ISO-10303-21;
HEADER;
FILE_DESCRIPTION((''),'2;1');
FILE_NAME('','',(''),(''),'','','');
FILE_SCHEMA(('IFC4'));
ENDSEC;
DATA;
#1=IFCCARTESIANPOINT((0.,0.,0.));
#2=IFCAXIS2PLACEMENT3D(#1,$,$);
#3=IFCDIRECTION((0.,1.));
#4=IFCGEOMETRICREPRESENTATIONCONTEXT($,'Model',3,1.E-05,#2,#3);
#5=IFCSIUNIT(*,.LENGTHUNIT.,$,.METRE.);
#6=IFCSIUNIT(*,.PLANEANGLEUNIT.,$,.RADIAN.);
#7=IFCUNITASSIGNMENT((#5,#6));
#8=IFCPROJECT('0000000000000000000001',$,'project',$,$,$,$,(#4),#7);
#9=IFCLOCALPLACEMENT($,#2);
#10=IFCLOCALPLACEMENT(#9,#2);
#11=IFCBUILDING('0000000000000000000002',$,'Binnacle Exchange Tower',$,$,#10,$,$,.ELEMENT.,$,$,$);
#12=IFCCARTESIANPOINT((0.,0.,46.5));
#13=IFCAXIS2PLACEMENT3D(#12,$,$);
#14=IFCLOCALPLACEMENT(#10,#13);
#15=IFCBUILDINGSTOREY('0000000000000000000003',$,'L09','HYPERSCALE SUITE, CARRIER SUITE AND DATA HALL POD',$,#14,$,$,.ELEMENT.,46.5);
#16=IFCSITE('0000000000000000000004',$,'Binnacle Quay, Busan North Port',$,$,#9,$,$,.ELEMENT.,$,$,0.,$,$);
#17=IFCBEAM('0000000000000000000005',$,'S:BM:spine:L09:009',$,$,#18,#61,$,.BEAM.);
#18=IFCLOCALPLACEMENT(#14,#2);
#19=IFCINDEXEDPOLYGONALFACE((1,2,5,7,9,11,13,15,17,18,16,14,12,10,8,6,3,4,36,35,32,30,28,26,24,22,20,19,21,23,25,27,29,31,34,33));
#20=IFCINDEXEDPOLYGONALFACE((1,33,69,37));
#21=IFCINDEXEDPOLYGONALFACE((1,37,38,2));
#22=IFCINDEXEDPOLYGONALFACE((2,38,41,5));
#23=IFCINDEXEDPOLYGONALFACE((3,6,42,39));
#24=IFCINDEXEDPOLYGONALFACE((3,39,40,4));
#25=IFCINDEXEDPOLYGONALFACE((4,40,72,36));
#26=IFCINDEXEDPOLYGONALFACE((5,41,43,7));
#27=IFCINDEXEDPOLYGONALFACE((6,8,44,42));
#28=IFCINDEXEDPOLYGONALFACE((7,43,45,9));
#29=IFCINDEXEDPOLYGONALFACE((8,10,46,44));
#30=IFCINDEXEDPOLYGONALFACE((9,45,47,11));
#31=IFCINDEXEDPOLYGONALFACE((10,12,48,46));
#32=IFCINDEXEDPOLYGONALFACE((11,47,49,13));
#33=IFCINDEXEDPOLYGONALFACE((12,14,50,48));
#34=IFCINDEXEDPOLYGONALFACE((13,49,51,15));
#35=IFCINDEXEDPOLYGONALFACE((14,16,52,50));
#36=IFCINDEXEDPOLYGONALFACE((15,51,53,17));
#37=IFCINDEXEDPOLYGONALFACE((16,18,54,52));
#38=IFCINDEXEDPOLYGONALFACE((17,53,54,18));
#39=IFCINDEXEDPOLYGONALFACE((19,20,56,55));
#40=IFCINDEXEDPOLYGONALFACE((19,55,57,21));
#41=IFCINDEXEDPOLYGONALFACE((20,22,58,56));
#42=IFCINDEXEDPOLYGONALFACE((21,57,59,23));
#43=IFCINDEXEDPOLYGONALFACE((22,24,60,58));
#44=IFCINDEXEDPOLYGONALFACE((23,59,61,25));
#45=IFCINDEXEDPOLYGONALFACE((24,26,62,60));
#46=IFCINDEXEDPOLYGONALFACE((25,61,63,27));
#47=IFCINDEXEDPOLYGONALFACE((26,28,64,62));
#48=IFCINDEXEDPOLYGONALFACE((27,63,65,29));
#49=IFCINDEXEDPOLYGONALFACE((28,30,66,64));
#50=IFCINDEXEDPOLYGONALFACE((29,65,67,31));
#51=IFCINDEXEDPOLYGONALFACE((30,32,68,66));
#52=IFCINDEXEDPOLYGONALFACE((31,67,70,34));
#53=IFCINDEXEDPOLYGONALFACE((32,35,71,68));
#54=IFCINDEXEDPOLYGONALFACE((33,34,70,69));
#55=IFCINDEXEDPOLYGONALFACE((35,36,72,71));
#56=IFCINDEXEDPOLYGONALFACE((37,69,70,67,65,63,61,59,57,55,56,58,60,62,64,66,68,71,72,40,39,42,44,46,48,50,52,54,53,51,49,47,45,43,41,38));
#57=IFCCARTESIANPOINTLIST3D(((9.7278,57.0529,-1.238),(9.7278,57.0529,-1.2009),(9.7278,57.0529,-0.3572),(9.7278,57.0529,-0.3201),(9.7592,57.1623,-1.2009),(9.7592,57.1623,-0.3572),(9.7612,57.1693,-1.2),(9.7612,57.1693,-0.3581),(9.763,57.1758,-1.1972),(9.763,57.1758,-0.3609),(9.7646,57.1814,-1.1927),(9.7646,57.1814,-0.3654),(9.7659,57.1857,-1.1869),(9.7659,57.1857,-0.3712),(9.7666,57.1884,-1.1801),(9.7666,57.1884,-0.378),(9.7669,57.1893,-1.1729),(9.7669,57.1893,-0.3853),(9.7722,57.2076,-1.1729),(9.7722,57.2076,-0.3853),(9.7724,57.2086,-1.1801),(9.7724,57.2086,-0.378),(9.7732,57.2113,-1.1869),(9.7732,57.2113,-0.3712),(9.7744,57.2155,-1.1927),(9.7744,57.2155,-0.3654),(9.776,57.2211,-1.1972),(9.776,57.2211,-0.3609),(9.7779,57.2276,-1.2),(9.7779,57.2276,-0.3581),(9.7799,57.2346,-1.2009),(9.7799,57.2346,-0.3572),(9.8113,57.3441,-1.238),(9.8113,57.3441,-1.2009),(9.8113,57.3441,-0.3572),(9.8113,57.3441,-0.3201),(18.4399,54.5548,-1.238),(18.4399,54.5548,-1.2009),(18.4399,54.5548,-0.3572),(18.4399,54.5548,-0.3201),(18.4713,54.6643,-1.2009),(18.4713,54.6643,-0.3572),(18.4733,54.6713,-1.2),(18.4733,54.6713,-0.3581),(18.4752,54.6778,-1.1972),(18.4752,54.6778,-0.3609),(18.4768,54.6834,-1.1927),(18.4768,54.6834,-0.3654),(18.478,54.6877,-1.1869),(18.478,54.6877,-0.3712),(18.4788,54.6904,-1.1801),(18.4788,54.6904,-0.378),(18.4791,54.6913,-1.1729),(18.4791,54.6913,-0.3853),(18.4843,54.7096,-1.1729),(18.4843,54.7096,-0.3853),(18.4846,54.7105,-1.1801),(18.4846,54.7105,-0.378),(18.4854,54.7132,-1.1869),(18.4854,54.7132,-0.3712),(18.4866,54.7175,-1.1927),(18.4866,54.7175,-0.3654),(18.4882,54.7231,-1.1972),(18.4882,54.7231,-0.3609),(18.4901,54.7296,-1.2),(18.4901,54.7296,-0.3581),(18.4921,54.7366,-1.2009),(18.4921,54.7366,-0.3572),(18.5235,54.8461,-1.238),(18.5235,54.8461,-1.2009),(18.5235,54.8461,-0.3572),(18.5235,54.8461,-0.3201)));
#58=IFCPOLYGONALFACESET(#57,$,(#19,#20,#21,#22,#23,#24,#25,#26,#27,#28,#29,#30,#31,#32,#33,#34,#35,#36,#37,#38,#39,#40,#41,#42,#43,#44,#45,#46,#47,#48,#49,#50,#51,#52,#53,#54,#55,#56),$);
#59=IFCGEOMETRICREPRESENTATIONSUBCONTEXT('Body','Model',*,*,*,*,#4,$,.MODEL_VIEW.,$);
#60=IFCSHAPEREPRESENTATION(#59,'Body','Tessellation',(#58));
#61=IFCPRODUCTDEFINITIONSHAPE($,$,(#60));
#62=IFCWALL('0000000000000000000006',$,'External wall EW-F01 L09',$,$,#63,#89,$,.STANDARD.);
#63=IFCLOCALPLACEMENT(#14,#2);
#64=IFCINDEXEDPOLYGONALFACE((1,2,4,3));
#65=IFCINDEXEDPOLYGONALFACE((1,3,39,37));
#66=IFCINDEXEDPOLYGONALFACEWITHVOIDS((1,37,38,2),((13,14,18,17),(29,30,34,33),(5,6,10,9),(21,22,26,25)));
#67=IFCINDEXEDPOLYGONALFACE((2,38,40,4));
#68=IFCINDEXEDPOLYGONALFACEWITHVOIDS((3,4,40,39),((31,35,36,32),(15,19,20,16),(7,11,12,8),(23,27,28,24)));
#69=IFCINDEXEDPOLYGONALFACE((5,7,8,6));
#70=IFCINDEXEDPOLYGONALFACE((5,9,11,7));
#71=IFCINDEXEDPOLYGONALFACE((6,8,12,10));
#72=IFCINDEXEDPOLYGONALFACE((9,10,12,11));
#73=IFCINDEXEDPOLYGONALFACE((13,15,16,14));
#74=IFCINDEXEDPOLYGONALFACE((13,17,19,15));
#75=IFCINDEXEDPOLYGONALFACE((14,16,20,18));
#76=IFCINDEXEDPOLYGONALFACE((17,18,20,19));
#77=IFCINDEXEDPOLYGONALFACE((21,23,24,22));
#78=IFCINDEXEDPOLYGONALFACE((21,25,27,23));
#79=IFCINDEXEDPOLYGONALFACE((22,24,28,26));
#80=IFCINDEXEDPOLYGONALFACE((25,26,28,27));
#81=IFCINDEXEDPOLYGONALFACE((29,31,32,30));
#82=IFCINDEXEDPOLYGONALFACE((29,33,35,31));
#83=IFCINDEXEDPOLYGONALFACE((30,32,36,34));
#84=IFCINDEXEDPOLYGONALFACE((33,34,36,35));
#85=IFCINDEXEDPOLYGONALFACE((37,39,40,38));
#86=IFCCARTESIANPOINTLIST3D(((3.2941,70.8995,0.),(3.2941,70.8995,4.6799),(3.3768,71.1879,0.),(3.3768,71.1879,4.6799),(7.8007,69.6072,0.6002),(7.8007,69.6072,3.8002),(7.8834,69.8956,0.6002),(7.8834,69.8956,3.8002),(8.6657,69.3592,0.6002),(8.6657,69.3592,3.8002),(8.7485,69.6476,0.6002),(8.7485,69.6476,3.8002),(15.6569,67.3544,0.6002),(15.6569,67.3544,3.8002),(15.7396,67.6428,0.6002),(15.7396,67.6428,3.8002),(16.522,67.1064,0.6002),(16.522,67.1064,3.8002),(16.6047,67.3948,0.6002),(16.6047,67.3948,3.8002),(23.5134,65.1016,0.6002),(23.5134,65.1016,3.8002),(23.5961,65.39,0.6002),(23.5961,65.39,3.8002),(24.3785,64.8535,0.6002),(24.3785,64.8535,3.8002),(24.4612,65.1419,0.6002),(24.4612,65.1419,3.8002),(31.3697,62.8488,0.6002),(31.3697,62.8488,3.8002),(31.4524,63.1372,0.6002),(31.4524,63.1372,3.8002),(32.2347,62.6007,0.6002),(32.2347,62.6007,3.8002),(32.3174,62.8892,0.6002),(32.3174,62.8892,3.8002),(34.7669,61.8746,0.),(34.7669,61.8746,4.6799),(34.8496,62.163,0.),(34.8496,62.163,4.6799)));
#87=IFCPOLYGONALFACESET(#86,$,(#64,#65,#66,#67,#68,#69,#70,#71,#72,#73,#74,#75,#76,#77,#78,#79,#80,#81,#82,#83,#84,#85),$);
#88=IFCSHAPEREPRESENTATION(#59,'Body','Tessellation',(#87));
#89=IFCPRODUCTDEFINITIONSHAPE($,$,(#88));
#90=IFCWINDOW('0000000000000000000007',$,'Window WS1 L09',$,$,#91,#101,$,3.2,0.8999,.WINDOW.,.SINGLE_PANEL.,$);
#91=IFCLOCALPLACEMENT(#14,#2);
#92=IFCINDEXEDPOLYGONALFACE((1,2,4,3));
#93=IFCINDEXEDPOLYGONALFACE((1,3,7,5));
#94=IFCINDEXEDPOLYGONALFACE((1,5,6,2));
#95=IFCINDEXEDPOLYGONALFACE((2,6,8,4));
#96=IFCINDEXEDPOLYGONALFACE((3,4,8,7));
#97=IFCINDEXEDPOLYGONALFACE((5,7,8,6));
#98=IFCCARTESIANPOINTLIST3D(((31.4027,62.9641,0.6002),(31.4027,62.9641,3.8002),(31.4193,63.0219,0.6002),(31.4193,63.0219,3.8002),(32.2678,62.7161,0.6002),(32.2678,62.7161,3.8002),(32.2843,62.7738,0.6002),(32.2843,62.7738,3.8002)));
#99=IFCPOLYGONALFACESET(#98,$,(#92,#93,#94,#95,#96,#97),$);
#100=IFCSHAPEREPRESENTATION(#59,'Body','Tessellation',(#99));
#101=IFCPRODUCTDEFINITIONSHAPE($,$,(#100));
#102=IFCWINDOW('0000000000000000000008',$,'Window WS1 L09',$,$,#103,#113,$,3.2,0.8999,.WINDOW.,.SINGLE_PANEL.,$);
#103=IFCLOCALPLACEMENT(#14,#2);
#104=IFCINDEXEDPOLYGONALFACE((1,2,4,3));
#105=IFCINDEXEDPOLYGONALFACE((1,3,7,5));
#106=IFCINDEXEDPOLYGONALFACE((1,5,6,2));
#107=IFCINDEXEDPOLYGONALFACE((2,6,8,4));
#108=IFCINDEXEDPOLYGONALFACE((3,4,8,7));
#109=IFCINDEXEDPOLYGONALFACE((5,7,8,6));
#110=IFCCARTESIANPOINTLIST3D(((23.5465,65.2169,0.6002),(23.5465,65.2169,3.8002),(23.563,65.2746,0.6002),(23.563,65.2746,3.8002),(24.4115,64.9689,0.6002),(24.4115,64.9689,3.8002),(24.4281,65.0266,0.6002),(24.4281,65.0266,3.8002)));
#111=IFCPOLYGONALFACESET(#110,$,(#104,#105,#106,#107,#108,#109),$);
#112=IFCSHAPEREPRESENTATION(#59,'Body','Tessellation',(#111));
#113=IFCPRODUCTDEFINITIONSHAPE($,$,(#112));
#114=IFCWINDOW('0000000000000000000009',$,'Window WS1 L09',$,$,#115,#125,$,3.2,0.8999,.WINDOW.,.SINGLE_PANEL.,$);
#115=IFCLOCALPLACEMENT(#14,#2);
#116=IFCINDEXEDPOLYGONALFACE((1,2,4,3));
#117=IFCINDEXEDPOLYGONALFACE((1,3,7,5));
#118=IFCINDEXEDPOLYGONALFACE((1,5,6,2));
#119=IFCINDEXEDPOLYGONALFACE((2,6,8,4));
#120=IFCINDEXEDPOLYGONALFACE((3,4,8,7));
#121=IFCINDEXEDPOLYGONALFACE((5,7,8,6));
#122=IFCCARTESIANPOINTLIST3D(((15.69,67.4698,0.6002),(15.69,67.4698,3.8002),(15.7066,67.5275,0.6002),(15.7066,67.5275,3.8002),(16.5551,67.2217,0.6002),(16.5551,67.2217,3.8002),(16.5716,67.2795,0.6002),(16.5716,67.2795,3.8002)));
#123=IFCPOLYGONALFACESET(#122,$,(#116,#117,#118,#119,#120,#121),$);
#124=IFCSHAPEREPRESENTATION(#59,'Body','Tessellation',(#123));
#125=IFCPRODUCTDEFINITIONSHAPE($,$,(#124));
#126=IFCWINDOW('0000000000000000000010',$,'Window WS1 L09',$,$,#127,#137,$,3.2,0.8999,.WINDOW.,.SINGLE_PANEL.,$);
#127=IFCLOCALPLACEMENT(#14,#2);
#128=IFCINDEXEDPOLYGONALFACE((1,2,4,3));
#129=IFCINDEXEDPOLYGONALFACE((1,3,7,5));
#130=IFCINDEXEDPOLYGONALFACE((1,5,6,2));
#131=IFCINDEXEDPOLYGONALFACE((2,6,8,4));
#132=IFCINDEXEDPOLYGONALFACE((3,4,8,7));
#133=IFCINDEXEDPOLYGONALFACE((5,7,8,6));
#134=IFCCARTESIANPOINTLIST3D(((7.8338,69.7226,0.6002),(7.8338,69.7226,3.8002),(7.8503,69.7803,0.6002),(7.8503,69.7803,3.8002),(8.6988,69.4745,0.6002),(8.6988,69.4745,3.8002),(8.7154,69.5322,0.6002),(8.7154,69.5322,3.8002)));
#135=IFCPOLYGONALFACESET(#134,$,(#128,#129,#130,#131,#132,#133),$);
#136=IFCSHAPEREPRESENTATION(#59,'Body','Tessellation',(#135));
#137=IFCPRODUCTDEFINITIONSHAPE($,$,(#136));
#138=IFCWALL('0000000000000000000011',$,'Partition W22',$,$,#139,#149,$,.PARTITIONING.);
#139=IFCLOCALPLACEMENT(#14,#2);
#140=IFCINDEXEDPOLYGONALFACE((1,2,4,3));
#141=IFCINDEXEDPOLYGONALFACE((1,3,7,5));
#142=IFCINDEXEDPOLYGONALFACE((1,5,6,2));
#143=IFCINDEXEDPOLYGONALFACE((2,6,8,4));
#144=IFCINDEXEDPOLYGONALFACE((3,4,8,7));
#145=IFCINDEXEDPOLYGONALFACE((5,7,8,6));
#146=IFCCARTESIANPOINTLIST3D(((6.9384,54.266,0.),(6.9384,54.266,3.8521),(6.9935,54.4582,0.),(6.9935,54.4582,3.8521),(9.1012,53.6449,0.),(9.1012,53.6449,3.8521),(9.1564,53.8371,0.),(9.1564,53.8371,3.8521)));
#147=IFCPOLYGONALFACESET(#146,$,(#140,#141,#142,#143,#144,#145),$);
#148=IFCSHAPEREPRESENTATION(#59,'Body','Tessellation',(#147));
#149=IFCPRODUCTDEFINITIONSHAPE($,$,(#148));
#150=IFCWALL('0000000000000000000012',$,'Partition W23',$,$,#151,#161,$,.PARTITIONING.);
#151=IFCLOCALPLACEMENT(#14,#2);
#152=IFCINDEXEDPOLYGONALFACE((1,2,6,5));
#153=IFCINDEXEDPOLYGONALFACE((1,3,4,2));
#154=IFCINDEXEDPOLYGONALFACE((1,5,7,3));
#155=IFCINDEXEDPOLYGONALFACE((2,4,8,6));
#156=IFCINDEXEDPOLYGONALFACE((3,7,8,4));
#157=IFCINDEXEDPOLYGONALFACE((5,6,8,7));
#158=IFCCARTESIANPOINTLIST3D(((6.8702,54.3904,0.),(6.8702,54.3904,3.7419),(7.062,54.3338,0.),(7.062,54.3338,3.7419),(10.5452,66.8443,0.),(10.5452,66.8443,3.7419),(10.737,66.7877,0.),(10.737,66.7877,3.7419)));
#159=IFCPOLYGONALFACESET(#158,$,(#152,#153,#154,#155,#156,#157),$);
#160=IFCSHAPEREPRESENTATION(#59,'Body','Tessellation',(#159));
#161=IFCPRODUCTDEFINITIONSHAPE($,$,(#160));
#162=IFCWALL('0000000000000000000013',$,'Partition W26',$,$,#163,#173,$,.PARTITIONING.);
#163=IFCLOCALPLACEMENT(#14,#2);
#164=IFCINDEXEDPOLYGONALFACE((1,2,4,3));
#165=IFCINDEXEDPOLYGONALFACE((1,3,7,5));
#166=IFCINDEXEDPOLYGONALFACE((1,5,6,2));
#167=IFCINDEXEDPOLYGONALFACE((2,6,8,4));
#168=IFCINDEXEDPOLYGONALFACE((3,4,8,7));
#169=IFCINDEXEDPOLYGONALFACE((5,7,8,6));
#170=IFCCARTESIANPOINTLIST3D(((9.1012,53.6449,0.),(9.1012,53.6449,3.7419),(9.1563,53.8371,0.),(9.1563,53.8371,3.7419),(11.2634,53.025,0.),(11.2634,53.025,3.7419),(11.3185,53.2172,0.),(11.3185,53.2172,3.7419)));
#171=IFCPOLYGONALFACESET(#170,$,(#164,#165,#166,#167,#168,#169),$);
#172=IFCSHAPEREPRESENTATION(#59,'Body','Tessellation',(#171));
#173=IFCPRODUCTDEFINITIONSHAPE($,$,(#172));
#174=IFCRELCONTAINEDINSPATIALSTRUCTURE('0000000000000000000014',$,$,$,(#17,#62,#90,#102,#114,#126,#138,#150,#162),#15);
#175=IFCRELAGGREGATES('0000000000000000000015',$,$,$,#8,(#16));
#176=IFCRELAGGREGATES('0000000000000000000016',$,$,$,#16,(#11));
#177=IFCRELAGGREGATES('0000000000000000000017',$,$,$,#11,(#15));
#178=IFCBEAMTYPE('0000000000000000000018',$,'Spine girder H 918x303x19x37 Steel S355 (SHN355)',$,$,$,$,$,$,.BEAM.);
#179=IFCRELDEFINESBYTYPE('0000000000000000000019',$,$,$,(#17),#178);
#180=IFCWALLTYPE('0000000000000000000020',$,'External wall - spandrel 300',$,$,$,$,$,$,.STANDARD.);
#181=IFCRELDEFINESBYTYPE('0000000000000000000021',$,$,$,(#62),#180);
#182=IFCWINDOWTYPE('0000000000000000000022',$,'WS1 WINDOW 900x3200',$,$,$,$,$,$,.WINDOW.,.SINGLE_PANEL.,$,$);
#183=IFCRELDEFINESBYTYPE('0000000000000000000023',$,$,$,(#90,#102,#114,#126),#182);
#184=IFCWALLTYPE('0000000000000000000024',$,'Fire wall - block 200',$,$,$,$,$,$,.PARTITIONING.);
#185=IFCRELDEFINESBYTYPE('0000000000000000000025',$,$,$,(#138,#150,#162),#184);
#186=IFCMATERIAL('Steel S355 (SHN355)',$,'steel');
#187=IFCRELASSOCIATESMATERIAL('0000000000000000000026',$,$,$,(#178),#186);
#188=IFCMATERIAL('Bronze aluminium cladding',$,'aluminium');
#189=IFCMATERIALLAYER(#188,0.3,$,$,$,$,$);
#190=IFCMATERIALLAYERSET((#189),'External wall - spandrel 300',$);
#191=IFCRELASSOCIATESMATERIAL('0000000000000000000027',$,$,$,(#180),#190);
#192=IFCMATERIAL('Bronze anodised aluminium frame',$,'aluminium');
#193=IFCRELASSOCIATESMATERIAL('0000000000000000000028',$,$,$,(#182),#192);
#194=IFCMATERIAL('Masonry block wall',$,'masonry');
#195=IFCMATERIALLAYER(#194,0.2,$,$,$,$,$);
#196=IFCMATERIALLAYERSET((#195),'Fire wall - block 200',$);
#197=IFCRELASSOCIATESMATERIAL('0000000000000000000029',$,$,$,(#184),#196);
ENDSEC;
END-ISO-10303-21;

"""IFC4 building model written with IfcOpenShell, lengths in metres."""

from ifc_helpers import new_model, si_unit, direction, frame, frame_2d, origin, origin_2d, place, context, subcontext, project, spatial, rectangle, i_section, extrude, material, layer, layer_set, material_profile, profile_set, type_object, element, fill, save


model = new_model("IFC4")

# Units and contexts
model_context = context("Model", 3, precision=1e-05, world=origin(), true_north=direction((0.0, 1.0)))
body_context = subcontext(model_context, "Body", "Model", "MODEL_VIEW")
ifc_project = project(units=[si_unit("LENGTHUNIT", "METRE"), si_unit("PLANEANGLEUNIT", "RADIAN")], contexts=[model_context])

# Site, building, storey
site_placement = place(None, origin())
site = spatial("IfcSite", under=ifc_project, at=site_placement, Name="Binnacle Quay, Busan North Port", CompositionType="ELEMENT", RefElevation=0.0)
building_placement = place(site_placement, origin())
building = spatial("IfcBuilding", under=site, at=building_placement, Name="Binnacle Exchange Tower", CompositionType="ELEMENT")
storey_placement = place(building_placement, frame((0.0, 0.0, 46.5)))
storey = spatial("IfcBuildingStorey", under=building, at=storey_placement, Name="L09", Description="HYPERSCALE SUITE, CARRIER SUITE AND DATA HALL POD", CompositionType="ELEMENT", Elevation=46.5)

# Beam
ifc_material_1 = material(Name="Steel S355 (SHN355)", Category="steel")
ifc_material_profile_1 = material_profile(ifc_material_1, i_section(OverallWidth=0.303, OverallDepth=0.918, WebThickness=0.019, FlangeThickness=0.0371, FilletRadius=0.0281, at=origin_2d()), Name="H 918x303x19x37")
ifc_profile_set_1 = profile_set([ifc_material_profile_1], Name="Steel S355 (SHN355)")
beam_type_1 = type_object("IfcBeamType", Name="Spine girder H 918x303x19x37 Steel S355 (SHN355)", PredefinedType="BEAM", material=ifc_profile_set_1)
beam_1_placement = place(storey_placement, frame((9.7695, 57.1985, -0.7791), z_axis=(0.961265, -0.275625, 0.0), x_axis=(0.275625, 0.961265, 0.0)))
element("IfcBeam", 1, at=beam_1_placement, inside=storey, type_object=beam_type_1, Name="S:BM:spine:L09:009", PredefinedType="BEAM", context=body_context, shape_type="SweptSolid", body=[
    extrude(i_section(OverallWidth=0.303, OverallDepth=0.918, WebThickness=0.019, FlangeThickness=0.0371, FilletRadius=0.0281, at=origin_2d()), origin(), (0.0, 0.0, 1.0), 9.0632),
])

# Wall, openings, windows
ifc_material_2 = material(Name="Bronze aluminium cladding", Category="aluminium")
ifc_layer_1 = layer(ifc_material_2, 0.3)
ifc_layer_set_1 = layer_set([ifc_layer_1], Name="External wall - spandrel 300")
wall_type_1 = type_object("IfcWallType", Name="External wall - spandrel 300", PredefinedType="STANDARD", material=ifc_layer_set_1)
wall_1_placement = place(storey_placement, frame((3.3354, 71.0437, 0.0), z_axis=(0.0, 0.0, 1.0), x_axis=(0.96126, -0.275643, 0.0)))
wall_1 = element("IfcWall", 2, at=wall_1_placement, inside=storey, type_object=wall_type_1, Name="External wall EW-F01 L09", PredefinedType="STANDARD", context=body_context, shape_type="SweptSolid", body=[
    extrude(rectangle(XDim=32.7412, YDim=0.3, at=frame_2d((16.3706, 0.0))), origin(), (0.0, 0.0, 1.0), 4.6799),
])
opening_1_placement = place(wall_1_placement, frame((29.207, 0.0, 0.6001)))
opening_1 = element("IfcOpeningElement", 3, at=opening_1_placement, cuts=wall_1, PredefinedType="OPENING", context=body_context, shape_type="SweptSolid", body=[
    extrude(rectangle(XDim=0.8999, YDim=3.2, at=frame_2d((0.45, 1.6001))), frame((0.0, 0.1599, 0.0), z_axis=(0.0, -1.0, 0.0), x_axis=(1.0, 0.0, 0.0)), (0.0, 0.0, 1.0), 0.3201),
])
opening_2_placement = place(wall_1_placement, frame((21.0342, 0.0, 0.6001)))
opening_2 = element("IfcOpeningElement", 4, at=opening_2_placement, cuts=wall_1, PredefinedType="OPENING", context=body_context, shape_type="SweptSolid", body=[
    extrude(rectangle(XDim=0.8999, YDim=3.2, at=frame_2d((0.45, 1.6001))), frame((0.0, 0.1599, 0.0), z_axis=(0.0, -1.0, 0.0), x_axis=(1.0, 0.0, 0.0)), (0.0, 0.0, 1.0), 0.3201),
])
opening_3_placement = place(wall_1_placement, frame((12.8611, 0.0, 0.6001)))
opening_3 = element("IfcOpeningElement", 5, at=opening_3_placement, cuts=wall_1, PredefinedType="OPENING", context=body_context, shape_type="SweptSolid", body=[
    extrude(rectangle(XDim=0.8999, YDim=3.2, at=frame_2d((0.45, 1.6001))), frame((0.0, 0.1599, 0.0), z_axis=(0.0, -1.0, 0.0), x_axis=(1.0, 0.0, 0.0)), (0.0, 0.0, 1.0), 0.3201),
])
opening_4_placement = place(wall_1_placement, frame((4.6882, 0.0, 0.6001)))
opening_4 = element("IfcOpeningElement", 6, at=opening_4_placement, cuts=wall_1, PredefinedType="OPENING", context=body_context, shape_type="SweptSolid", body=[
    extrude(rectangle(XDim=0.8999, YDim=3.2, at=frame_2d((0.45, 1.6001))), frame((0.0, 0.1599, 0.0), z_axis=(0.0, -1.0, 0.0), x_axis=(1.0, 0.0, 0.0)), (0.0, 0.0, 1.0), 0.3201),
])
ifc_material_3 = material(Name="Bronze anodised aluminium frame", Category="aluminium")
window_type = type_object("IfcWindowType", Name="WS1 WINDOW 900x3200", PartitioningType="SINGLE_PANEL", PredefinedType="WINDOW", material=ifc_material_3)
window_1_placement = place(opening_1_placement, origin())
window_1 = element("IfcWindow", 7, at=window_1_placement, inside=storey, type_object=window_type, Name="Window WS1 L09", OverallHeight=3.2, OverallWidth=0.8999, PartitioningType="SINGLE_PANEL", PredefinedType="WINDOW", context=body_context, shape_type="SweptSolid", body=[
    extrude(rectangle(XDim=0.8999, YDim=3.2, at=frame_2d((0.45, 1.6001))), frame((0.0, 0.03, 0.0), z_axis=(0.0, -1.0, 0.0), x_axis=(1.0, 0.0, 0.0)), (0.0, 0.0, 1.0), 0.0601),
])
fill(opening_1, window_1)
window_2_placement = place(opening_2_placement, origin())
window_2 = element("IfcWindow", 8, at=window_2_placement, inside=storey, type_object=window_type, Name="Window WS1 L09", OverallHeight=3.2, OverallWidth=0.8999, PartitioningType="SINGLE_PANEL", PredefinedType="WINDOW", context=body_context, shape_type="SweptSolid", body=[
    extrude(rectangle(XDim=0.8999, YDim=3.2, at=frame_2d((0.45, 1.6001))), frame((0.0, 0.03, 0.0), z_axis=(0.0, -1.0, 0.0), x_axis=(1.0, 0.0, 0.0)), (0.0, 0.0, 1.0), 0.0601),
])
fill(opening_2, window_2)
window_3_placement = place(opening_3_placement, origin())
window_3 = element("IfcWindow", 9, at=window_3_placement, inside=storey, type_object=window_type, Name="Window WS1 L09", OverallHeight=3.2, OverallWidth=0.8999, PartitioningType="SINGLE_PANEL", PredefinedType="WINDOW", context=body_context, shape_type="SweptSolid", body=[
    extrude(rectangle(XDim=0.8999, YDim=3.2, at=frame_2d((0.45, 1.6001))), frame((0.0, 0.03, 0.0), z_axis=(0.0, -1.0, 0.0), x_axis=(1.0, 0.0, 0.0)), (0.0, 0.0, 1.0), 0.0601),
])
fill(opening_3, window_3)
window_4_placement = place(opening_4_placement, origin())
window_4 = element("IfcWindow", 10, at=window_4_placement, inside=storey, type_object=window_type, Name="Window WS1 L09", OverallHeight=3.2, OverallWidth=0.8999, PartitioningType="SINGLE_PANEL", PredefinedType="WINDOW", context=body_context, shape_type="SweptSolid", body=[
    extrude(rectangle(XDim=0.8999, YDim=3.2, at=frame_2d((0.45, 1.6001))), frame((0.0, 0.03, 0.0), z_axis=(0.0, -1.0, 0.0), x_axis=(1.0, 0.0, 0.0)), (0.0, 0.0, 1.0), 0.0601),
])
fill(opening_4, window_4)

# Walls
ifc_material_4 = material(Name="Masonry block wall", Category="masonry")
ifc_layer_2 = layer(ifc_material_4, 0.2)
ifc_layer_set_2 = layer_set([ifc_layer_2], Name="Fire wall - block 200")
wall_type_2 = type_object("IfcWallType", Name="Fire wall - block 200", PredefinedType="PARTITIONING", material=ifc_layer_set_2)
wall_2_placement = place(storey_placement, frame((6.9661, 54.3621, 0.0), z_axis=(0.0, 0.0, 1.0), x_axis=(0.961155, -0.276011, 0.0)))
element("IfcWall", 11, at=wall_2_placement, inside=storey, type_object=wall_type_2, Name="Partition W22", PredefinedType="PARTITIONING", context=body_context, shape_type="SweptSolid", body=[
    extrude(rectangle(XDim=2.2502, YDim=0.2, at=frame_2d((1.125, 0.0))), origin(), (0.0, 0.0, 1.0), 3.8521),
])
wall_3_placement = place(storey_placement, frame((6.9661, 54.3621, 0.0), z_axis=(0.0, 0.0, 1.0), x_axis=(0.283027, 0.959112, 0.0)))
element("IfcWall", 12, at=wall_3_placement, inside=storey, type_object=wall_type_2, Name="Partition W23", PredefinedType="PARTITIONING", context=body_context, shape_type="SweptSolid", body=[
    extrude(rectangle(XDim=12.9849, YDim=0.2, at=frame_2d((6.4924, 0.0))), origin(), (0.0, 0.0, 1.0), 3.7419),
])
wall_4_placement = place(storey_placement, frame((9.1289, 53.741, 0.0), z_axis=(0.0, 0.0, 1.0), x_axis=(0.961274, -0.275596, 0.0)))
element("IfcWall", 13, at=wall_4_placement, inside=storey, type_object=wall_type_2, Name="Partition W26", PredefinedType="PARTITIONING", context=body_context, shape_type="SweptSolid", body=[
    extrude(rectangle(XDim=2.2493, YDim=0.2, at=frame_2d((1.1245, 0.0))), origin(), (0.0, 0.0, 1.0), 3.7419),
])

save(model, "model.ifc")
